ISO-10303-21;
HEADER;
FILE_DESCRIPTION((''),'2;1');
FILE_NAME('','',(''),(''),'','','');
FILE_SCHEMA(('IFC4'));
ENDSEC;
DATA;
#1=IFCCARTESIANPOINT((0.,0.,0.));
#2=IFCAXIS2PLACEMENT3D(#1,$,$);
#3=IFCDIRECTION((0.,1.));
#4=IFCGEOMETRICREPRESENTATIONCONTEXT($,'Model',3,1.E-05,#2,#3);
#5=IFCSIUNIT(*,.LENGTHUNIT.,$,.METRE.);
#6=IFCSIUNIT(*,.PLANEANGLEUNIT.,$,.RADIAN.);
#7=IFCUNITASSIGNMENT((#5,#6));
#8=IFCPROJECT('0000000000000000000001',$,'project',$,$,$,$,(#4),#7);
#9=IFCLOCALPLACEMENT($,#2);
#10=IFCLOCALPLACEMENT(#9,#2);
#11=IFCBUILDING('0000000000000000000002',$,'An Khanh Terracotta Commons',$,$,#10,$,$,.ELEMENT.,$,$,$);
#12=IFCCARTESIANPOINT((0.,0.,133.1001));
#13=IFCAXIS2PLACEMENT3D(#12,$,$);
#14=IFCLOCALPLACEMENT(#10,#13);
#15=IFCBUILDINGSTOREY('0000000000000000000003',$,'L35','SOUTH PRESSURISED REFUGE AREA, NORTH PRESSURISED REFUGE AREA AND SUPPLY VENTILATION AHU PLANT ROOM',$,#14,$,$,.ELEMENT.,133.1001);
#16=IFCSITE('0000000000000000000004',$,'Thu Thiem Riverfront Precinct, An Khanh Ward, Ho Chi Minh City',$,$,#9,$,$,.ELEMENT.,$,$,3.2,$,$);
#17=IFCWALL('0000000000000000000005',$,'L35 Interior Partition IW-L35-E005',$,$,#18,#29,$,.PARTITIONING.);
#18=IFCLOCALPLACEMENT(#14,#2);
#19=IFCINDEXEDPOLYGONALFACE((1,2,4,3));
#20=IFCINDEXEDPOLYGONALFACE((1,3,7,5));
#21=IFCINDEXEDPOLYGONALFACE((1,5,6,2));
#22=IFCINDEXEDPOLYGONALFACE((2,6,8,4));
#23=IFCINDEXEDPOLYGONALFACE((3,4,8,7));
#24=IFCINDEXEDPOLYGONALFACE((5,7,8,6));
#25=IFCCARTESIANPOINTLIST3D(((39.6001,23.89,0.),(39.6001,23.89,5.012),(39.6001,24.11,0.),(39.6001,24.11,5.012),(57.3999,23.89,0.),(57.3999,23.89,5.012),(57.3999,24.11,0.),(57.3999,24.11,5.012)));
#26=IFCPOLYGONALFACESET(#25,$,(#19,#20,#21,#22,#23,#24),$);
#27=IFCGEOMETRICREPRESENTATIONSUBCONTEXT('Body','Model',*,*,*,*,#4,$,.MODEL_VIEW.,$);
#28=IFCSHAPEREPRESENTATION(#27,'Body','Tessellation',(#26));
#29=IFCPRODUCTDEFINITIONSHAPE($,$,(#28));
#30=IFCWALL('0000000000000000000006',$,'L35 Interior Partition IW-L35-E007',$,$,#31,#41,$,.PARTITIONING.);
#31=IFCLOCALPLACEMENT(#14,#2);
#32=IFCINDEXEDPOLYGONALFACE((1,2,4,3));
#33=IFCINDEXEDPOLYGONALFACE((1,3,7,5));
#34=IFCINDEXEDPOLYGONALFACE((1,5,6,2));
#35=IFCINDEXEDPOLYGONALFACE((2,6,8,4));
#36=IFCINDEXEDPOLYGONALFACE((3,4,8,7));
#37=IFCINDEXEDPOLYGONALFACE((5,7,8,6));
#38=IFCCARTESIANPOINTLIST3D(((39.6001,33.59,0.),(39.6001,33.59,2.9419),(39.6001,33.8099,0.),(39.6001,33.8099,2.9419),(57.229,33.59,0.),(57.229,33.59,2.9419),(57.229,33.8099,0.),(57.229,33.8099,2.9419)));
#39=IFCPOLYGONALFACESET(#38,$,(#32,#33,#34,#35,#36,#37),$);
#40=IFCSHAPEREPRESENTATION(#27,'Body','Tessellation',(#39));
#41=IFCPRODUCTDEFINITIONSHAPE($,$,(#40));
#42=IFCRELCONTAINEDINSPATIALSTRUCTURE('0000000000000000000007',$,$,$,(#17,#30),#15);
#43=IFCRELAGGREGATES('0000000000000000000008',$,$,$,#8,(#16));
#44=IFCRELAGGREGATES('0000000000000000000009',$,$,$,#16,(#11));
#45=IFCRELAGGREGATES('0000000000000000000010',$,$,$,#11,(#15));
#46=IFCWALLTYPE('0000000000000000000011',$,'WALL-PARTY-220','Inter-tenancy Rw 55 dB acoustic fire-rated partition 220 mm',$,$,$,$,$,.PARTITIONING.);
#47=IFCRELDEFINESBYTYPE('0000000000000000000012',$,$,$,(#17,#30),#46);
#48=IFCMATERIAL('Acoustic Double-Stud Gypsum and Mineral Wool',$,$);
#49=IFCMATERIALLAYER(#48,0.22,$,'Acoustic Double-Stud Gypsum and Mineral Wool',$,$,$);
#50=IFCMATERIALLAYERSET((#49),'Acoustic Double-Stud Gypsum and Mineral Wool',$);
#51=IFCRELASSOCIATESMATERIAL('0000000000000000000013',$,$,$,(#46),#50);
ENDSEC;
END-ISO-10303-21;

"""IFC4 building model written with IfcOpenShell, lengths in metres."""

from ifc_helpers import new_model, si_unit, direction, frame, frame_2d, origin, place, context, subcontext, project, spatial, rectangle, extrude, material, layer, layer_set, type_object, element, save


model = new_model("IFC4")

# Units and contexts
model_context = context("Model", 3, precision=1e-05, world=origin(), true_north=direction((0.0, 1.0)))
body_context = subcontext(model_context, "Body", "Model", "MODEL_VIEW")
ifc_project = project(units=[si_unit("LENGTHUNIT", "METRE"), si_unit("PLANEANGLEUNIT", "RADIAN")], contexts=[model_context])

# Site, building, storey
site_placement = place(None, origin())
site = spatial("IfcSite", under=ifc_project, at=site_placement, Name="Thu Thiem Riverfront Precinct, An Khanh Ward, Ho Chi Minh City", CompositionType="ELEMENT", RefElevation=3.2)
building_placement = place(site_placement, origin())
building = spatial("IfcBuilding", under=site, at=building_placement, Name="An Khanh Terracotta Commons", CompositionType="ELEMENT")
storey_placement = place(building_placement, frame((0.0, 0.0, 133.1001)))
storey = spatial("IfcBuildingStorey", under=building, at=storey_placement, Name="L35", Description="SOUTH PRESSURISED REFUGE AREA, NORTH PRESSURISED REFUGE AREA AND SUPPLY VENTILATION AHU PLANT ROOM", CompositionType="ELEMENT", Elevation=133.1001)

# Walls
ifc_material_1 = material(Name="Acoustic Double-Stud Gypsum and Mineral Wool")
ifc_layer_1 = layer(ifc_material_1, 0.22, Name="Acoustic Double-Stud Gypsum and Mineral Wool")
ifc_layer_set_1 = layer_set([ifc_layer_1], Name="Acoustic Double-Stud Gypsum and Mineral Wool")
wall_type_1 = type_object("IfcWallType", Name="WALL-PARTY-220", Description="Inter-tenancy Rw 55 dB acoustic fire-rated partition 220 mm", PredefinedType="PARTITIONING", material=ifc_layer_set_1)
wall_1_placement = place(storey_placement, frame((39.6001, 24.0, 0.0), z_axis=(0.0, 0.0, 1.0), x_axis=(1.0, 0.0, 0.0)))
element("IfcWall", 1, at=wall_1_placement, inside=storey, type_object=wall_type_1, Name="L35 Interior Partition IW-L35-E005", PredefinedType="PARTITIONING", context=body_context, shape_type="SweptSolid", body=[
    extrude(rectangle(XDim=17.7998, YDim=0.22, at=frame_2d((8.8999, 0.0))), origin(), (0.0, 0.0, 1.0), 5.012),
])
wall_2_placement = place(storey_placement, frame((39.6001, 33.7, 0.0), z_axis=(0.0, 0.0, 1.0), x_axis=(1.0, 0.0, 0.0)))
element("IfcWall", 2, at=wall_2_placement, inside=storey, type_object=wall_type_1, Name="L35 Interior Partition IW-L35-E007", PredefinedType="PARTITIONING", context=body_context, shape_type="SweptSolid", body=[
    extrude(rectangle(XDim=17.6289, YDim=0.22, at=frame_2d((8.8145, 0.0))), origin(), (0.0, 0.0, 1.0), 2.9419),
])

save(model, "model.ifc")
